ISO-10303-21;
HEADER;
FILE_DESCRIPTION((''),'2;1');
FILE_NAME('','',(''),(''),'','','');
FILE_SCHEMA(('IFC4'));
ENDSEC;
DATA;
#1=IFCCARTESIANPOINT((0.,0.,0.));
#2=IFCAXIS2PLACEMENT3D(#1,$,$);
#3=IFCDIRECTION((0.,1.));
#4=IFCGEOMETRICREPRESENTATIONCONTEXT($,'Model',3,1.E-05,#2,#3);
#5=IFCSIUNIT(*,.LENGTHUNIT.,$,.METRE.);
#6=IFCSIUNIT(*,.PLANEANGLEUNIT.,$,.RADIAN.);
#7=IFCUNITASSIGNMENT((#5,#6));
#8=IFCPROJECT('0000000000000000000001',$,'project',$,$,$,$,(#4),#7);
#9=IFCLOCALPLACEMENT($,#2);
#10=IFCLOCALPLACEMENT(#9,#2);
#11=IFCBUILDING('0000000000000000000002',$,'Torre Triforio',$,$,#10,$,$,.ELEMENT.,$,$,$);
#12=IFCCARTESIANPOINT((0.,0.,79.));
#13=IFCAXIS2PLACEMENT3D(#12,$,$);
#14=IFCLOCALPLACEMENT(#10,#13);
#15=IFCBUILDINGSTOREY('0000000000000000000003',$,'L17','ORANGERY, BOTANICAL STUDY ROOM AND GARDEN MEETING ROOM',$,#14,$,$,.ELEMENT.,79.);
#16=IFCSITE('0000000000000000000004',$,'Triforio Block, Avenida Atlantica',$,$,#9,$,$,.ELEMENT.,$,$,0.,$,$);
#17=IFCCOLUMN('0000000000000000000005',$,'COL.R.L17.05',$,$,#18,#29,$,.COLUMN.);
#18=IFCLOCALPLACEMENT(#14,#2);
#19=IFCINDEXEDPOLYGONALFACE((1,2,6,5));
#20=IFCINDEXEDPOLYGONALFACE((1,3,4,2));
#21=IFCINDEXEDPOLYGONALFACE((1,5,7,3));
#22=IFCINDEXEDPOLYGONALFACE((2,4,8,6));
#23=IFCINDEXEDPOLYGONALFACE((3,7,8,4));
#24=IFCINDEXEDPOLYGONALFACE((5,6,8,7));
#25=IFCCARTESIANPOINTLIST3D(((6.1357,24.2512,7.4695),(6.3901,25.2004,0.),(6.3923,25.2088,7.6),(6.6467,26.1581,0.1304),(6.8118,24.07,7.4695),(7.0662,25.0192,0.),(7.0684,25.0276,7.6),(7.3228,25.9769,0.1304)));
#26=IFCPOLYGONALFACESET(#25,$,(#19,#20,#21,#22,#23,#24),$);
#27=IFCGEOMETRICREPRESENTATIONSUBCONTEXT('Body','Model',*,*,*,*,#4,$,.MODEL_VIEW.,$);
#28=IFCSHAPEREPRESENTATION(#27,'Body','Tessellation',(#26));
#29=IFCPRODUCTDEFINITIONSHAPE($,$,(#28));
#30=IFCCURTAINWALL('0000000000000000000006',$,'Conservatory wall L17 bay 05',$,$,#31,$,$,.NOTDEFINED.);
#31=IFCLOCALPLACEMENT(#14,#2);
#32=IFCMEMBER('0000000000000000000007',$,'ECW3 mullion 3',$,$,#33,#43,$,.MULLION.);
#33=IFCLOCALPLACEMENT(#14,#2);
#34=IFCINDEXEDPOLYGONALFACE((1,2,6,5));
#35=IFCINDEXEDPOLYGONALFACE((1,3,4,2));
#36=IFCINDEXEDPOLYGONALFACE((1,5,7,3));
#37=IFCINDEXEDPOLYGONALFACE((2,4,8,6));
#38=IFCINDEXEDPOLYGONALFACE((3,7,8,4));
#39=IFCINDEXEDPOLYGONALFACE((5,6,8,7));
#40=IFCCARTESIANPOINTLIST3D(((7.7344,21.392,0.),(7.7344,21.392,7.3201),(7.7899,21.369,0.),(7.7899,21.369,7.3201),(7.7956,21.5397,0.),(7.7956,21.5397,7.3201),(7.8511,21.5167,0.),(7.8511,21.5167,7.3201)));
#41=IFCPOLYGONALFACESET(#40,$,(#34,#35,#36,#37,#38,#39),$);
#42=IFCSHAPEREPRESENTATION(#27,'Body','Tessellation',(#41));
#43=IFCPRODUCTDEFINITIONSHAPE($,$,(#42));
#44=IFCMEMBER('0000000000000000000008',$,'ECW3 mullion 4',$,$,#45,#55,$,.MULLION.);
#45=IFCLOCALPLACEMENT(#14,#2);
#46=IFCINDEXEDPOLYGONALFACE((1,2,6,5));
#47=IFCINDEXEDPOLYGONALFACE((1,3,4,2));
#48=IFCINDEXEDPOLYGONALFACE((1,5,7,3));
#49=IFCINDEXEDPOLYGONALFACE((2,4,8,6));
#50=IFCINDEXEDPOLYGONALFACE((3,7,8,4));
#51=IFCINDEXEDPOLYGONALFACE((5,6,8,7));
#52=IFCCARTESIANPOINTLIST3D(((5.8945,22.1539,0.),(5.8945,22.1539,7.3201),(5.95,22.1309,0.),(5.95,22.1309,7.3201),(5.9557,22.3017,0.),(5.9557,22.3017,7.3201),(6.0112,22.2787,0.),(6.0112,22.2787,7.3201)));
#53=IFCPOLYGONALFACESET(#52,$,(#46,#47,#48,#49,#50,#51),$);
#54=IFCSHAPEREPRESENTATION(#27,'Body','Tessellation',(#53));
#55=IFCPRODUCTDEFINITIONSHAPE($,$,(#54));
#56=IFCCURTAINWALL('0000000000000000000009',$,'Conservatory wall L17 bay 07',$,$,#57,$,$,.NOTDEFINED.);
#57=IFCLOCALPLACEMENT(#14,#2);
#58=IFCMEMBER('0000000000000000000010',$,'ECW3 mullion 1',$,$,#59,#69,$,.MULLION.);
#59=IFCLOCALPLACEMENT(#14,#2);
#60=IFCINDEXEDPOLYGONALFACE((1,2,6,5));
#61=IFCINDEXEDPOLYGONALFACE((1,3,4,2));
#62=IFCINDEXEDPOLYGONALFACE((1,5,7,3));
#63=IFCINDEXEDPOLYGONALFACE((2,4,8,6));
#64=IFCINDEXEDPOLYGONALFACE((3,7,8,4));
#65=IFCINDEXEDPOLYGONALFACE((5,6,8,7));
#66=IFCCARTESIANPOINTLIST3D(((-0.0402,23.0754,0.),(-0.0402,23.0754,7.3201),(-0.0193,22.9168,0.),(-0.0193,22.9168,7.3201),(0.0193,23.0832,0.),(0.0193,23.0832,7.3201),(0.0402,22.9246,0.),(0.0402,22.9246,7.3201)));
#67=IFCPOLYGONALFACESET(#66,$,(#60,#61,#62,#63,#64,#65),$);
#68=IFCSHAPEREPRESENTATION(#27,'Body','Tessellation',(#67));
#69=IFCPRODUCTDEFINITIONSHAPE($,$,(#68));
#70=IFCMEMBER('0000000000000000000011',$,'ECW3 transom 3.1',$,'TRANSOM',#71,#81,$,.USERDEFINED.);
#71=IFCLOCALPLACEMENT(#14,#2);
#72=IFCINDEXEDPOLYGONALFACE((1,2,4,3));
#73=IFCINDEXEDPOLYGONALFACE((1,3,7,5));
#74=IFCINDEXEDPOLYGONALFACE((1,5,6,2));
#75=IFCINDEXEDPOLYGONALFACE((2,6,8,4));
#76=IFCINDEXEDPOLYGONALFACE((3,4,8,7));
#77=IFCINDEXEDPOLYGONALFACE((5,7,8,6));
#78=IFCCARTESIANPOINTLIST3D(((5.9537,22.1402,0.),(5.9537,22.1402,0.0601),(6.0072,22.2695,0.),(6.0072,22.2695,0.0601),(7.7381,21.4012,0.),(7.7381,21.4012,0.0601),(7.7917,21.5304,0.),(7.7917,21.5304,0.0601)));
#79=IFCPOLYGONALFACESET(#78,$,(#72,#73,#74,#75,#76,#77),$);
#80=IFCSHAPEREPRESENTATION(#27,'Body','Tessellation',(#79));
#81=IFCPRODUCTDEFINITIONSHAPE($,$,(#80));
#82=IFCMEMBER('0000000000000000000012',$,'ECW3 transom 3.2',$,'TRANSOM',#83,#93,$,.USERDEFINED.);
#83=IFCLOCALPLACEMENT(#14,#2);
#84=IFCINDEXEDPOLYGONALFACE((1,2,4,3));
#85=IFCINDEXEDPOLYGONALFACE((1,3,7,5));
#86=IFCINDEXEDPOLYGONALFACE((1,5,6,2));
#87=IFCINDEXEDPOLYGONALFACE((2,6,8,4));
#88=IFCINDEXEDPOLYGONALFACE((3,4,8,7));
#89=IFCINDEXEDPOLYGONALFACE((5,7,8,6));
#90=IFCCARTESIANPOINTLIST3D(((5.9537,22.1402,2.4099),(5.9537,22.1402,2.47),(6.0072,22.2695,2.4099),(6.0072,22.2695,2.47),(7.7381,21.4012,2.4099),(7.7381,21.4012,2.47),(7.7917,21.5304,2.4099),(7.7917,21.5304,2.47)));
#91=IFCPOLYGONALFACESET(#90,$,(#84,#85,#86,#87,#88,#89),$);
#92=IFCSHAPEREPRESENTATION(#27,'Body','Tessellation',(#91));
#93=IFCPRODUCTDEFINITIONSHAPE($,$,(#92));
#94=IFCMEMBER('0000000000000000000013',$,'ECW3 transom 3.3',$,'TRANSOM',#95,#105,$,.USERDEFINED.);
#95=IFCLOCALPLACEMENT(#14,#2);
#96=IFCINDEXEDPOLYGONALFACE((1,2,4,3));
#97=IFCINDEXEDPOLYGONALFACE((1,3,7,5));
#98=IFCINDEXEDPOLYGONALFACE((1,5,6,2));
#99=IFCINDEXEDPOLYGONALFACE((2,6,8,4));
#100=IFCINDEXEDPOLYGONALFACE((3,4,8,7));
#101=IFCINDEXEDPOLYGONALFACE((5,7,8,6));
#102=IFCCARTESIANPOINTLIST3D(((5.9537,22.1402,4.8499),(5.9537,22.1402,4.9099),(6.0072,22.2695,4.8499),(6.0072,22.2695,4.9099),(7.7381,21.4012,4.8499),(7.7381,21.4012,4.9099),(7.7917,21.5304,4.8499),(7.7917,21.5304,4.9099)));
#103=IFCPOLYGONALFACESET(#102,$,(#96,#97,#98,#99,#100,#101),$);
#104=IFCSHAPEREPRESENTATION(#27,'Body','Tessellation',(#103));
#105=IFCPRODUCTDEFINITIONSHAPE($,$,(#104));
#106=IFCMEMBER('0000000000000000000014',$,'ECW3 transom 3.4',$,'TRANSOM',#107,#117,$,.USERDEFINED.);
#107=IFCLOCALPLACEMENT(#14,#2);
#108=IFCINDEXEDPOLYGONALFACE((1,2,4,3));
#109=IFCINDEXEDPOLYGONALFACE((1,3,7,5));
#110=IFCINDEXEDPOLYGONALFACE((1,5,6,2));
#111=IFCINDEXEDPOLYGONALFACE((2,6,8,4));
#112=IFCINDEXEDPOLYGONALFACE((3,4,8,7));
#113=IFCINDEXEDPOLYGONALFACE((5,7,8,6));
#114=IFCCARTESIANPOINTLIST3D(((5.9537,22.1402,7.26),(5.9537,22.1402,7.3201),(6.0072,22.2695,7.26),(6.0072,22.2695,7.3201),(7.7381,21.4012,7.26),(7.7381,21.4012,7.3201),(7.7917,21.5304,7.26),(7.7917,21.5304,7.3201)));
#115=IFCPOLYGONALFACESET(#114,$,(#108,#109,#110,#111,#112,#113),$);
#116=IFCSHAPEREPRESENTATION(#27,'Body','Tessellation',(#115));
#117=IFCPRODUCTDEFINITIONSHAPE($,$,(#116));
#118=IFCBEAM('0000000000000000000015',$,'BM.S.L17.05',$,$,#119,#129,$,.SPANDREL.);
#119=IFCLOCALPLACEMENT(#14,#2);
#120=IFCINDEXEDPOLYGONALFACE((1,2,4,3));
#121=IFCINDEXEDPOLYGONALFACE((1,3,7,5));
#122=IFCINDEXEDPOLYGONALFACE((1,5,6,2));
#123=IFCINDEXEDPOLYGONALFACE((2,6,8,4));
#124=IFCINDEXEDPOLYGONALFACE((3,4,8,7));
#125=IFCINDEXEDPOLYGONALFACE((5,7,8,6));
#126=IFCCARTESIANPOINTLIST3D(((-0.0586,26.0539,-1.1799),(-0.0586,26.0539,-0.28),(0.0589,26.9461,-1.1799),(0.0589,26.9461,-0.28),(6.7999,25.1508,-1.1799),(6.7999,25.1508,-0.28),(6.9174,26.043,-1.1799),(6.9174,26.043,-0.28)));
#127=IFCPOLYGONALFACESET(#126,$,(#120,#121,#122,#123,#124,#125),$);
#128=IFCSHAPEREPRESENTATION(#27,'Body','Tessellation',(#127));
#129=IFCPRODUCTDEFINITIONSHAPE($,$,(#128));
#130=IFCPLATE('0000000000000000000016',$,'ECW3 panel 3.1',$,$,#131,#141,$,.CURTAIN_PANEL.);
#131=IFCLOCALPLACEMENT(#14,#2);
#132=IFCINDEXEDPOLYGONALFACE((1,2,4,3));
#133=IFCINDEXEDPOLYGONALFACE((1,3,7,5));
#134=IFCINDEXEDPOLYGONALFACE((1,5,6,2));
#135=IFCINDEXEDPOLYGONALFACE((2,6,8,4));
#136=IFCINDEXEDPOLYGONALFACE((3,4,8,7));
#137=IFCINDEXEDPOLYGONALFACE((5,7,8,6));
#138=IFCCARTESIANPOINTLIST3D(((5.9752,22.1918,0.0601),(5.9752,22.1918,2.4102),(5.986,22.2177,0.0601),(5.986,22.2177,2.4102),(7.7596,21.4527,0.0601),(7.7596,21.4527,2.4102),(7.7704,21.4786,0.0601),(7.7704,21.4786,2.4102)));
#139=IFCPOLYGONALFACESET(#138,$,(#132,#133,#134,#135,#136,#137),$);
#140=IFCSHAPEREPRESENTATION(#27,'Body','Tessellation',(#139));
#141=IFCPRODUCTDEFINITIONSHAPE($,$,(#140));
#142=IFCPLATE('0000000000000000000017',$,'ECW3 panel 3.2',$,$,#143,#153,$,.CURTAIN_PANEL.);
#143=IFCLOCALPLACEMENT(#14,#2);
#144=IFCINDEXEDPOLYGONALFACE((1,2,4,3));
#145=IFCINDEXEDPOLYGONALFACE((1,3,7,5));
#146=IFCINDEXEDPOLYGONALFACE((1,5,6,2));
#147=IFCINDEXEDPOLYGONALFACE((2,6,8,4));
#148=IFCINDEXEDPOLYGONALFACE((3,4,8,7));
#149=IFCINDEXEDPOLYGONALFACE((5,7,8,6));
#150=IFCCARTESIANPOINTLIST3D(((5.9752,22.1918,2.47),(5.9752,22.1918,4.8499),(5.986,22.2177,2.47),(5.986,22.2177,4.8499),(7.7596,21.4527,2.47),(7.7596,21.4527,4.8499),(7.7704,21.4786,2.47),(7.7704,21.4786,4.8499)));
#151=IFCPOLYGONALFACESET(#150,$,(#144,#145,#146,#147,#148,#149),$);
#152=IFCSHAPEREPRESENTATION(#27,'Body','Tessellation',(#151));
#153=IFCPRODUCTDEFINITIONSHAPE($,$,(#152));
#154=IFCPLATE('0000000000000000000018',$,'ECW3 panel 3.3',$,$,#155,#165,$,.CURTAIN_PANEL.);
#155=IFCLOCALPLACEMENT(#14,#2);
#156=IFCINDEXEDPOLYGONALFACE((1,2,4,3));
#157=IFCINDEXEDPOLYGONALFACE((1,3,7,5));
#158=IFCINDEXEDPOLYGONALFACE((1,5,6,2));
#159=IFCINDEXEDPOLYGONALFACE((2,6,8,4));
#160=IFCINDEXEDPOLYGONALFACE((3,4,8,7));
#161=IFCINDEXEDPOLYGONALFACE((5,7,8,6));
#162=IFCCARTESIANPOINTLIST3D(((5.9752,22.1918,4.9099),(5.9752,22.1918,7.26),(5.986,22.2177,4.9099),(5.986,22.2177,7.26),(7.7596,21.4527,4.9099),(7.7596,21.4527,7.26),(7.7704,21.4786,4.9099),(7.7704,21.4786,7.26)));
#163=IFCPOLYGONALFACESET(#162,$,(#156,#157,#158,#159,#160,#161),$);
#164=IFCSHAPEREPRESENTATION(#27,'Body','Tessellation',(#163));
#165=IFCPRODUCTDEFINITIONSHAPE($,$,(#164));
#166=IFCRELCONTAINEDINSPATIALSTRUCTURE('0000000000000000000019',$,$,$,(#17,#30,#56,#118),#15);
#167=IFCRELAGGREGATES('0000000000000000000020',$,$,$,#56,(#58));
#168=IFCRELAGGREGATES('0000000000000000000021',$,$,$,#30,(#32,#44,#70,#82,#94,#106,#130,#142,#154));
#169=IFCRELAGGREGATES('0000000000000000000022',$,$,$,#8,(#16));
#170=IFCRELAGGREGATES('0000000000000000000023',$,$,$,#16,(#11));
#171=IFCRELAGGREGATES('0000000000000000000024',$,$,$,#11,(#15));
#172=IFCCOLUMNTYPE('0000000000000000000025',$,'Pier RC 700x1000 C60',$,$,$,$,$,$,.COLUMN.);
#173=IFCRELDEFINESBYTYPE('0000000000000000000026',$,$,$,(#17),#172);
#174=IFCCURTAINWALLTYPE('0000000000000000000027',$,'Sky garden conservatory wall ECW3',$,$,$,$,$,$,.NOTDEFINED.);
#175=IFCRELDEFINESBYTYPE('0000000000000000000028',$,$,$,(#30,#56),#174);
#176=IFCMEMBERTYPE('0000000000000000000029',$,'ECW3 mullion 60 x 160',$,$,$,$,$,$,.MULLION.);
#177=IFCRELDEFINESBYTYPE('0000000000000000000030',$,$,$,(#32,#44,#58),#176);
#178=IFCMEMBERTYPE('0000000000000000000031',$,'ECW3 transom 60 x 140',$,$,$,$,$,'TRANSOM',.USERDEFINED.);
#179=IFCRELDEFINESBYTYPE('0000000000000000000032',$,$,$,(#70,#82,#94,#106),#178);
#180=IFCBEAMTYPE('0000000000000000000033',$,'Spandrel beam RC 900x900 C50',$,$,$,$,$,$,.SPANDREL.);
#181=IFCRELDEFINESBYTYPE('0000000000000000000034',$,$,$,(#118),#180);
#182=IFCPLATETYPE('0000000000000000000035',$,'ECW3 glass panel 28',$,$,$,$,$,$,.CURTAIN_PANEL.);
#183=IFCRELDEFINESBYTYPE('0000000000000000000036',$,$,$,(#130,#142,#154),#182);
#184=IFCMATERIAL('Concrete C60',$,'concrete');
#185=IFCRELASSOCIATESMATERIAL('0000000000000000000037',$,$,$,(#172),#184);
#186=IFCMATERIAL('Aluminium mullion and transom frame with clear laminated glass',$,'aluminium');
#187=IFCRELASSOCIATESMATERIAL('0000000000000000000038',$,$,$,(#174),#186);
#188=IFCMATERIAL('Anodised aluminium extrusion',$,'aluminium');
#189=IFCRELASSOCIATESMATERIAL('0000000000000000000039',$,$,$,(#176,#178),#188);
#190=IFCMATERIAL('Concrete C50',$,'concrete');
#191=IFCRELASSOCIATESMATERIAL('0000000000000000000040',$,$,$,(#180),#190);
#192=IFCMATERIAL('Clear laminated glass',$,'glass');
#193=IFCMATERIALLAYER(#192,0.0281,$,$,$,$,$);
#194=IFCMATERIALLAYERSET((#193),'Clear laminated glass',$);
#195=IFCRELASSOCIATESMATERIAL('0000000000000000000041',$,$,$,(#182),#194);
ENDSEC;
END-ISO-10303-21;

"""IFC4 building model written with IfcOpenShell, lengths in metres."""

from ifc_helpers import new_model, si_unit, direction, frame, origin, origin_2d, place, context, subcontext, project, spatial, rectangle, extrude, material, layer, layer_set, material_profile, profile_set, type_object, element, aggregate, save


model = new_model("IFC4")

# Units and contexts
model_context = context("Model", 3, precision=1e-05, world=origin(), true_north=direction((0.0, 1.0)))
body_context = subcontext(model_context, "Body", "Model", "MODEL_VIEW")
ifc_project = project(units=[si_unit("LENGTHUNIT", "METRE"), si_unit("PLANEANGLEUNIT", "RADIAN")], contexts=[model_context])

# Site, building, storey
site_placement = place(None, origin())
site = spatial("IfcSite", under=ifc_project, at=site_placement, Name="Triforio Block, Avenida Atlantica", CompositionType="ELEMENT", RefElevation=0.0)
building_placement = place(site_placement, origin())
building = spatial("IfcBuilding", under=site, at=building_placement, Name="Torre Triforio", CompositionType="ELEMENT")
storey_placement = place(building_placement, frame((0.0, 0.0, 79.0)))
storey = spatial("IfcBuildingStorey", under=building, at=storey_placement, Name="L17", Description="ORANGERY, BOTANICAL STUDY ROOM AND GARDEN MEETING ROOM", CompositionType="ELEMENT", Elevation=79.0)

# Column
ifc_material_1 = material(Name="Concrete C60", Category="concrete")
ifc_material_profile_1 = material_profile(ifc_material_1, rectangle(XDim=0.7, YDim=1.0, at=origin_2d()), Name="RC 700x1000")
ifc_profile_set_1 = profile_set([ifc_material_profile_1], Name="Concrete C60")
column_type = type_object("IfcColumnType", Name="Pier RC 700x1000 C60", PredefinedType="COLUMN", material=ifc_profile_set_1)
column_placement = place(storey_placement, frame((6.8564, 25.5886, 0.0652), z_axis=(-0.033767, -0.125994, 0.991456), x_axis=(0.965913, -0.258869, 0.0)))
element("IfcColumn", 1, at=column_placement, inside=storey, type_object=column_type, Name="COL.R.L17.05", PredefinedType="COLUMN", context=body_context, shape_type="SweptSolid", body=[
    extrude(rectangle(XDim=0.7, YDim=1.0, at=origin_2d()), origin(), (0.0, 0.0, 1.0), 7.5339),
])

# Curtain wall, members
ifc_material_2 = material(Name="Aluminium mullion and transom frame with clear laminated glass", Category="aluminium")
curtain_wall_type = type_object("IfcCurtainWallType", Name="Sky garden conservatory wall ECW3", PredefinedType="NOTDEFINED", material=ifc_material_2)
curtain_wall_1_placement = place(storey_placement, origin())
curtain_wall_1 = element("IfcCurtainWall", 2, at=curtain_wall_1_placement, inside=storey, type_object=curtain_wall_type, Name="Conservatory wall L17 bay 05", PredefinedType="NOTDEFINED")
ifc_material_3 = material(Name="Anodised aluminium extrusion", Category="aluminium")
ifc_material_profile_2 = material_profile(ifc_material_3, rectangle(XDim=0.1599, YDim=0.0601, at=origin_2d()), Name="ECW3 MULLION 60x160")
ifc_profile_set_2 = profile_set([ifc_material_profile_2], Name="Anodised aluminium extrusion")
member_type_1 = type_object("IfcMemberType", Name="ECW3 mullion 60 x 160", PredefinedType="MULLION", material=ifc_profile_set_2)
member_1_placement = place(storey_placement, frame((7.7927, 21.4543, 0.0), z_axis=(0.0, 0.0, 1.0), x_axis=(-0.382687, -0.923878, 0.0)))
member_1 = element("IfcMember", 3, at=member_1_placement, type_object=member_type_1, Name="ECW3 mullion 3", PredefinedType="MULLION", context=body_context, shape_type="SweptSolid", body=[
    extrude(rectangle(XDim=0.1599, YDim=0.0601, at=origin_2d()), origin(), (0.0, 0.0, 1.0), 7.3201),
])
member_2_placement = place(storey_placement, frame((5.9529, 22.2163, 0.0), z_axis=(0.0, 0.0, 1.0), x_axis=(-0.382687, -0.923878, 0.0)))
member_2 = element("IfcMember", 4, at=member_2_placement, type_object=member_type_1, Name="ECW3 mullion 4", PredefinedType="MULLION", context=body_context, shape_type="SweptSolid", body=[
    extrude(rectangle(XDim=0.1599, YDim=0.0601, at=origin_2d()), origin(), (0.0, 0.0, 1.0), 7.3201),
])

# Curtain wall, member
curtain_wall_2_placement = place(storey_placement, origin())
curtain_wall_2 = element("IfcCurtainWall", 5, at=curtain_wall_2_placement, inside=storey, type_object=curtain_wall_type, Name="Conservatory wall L17 bay 07", PredefinedType="NOTDEFINED")
member_3_placement = place(storey_placement, frame((0.0, 23.0, 0.0), z_axis=(0.0, 0.0, 1.0), x_axis=(0.130521, -0.991446, 0.0)))
member_3 = element("IfcMember", 6, at=member_3_placement, type_object=member_type_1, Name="ECW3 mullion 1", PredefinedType="MULLION", context=body_context, shape_type="SweptSolid", body=[
    extrude(rectangle(XDim=0.1599, YDim=0.0601, at=origin_2d()), origin(), (0.0, 0.0, 1.0), 7.3201),
])
aggregate(curtain_wall_2, [member_3])

# Members
ifc_material_profile_3 = material_profile(ifc_material_3, rectangle(XDim=0.1399, YDim=0.0601, at=origin_2d()), Name="ECW3 TRANSOM 60x140")
ifc_profile_set_3 = profile_set([ifc_material_profile_3], Name="Anodised aluminium extrusion")
member_type_2 = type_object("IfcMemberType", Name="ECW3 transom 60 x 140", ElementType="TRANSOM", PredefinedType="USERDEFINED", material=ifc_profile_set_3)
member_4_placement = place(storey_placement, frame((7.7649, 21.4658, 0.03), z_axis=(-0.923901, 0.382631, 0.0), x_axis=(-0.382631, -0.923901, 0.0)))
member_4 = element("IfcMember", 7, at=member_4_placement, type_object=member_type_2, Name="ECW3 transom 3.1", ObjectType="TRANSOM", PredefinedType="USERDEFINED", context=body_context, shape_type="SweptSolid", body=[
    extrude(rectangle(XDim=0.1399, YDim=0.0601, at=origin_2d()), origin(), (0.0, 0.0, 1.0), 1.9314),
])
member_5_placement = place(storey_placement, frame((7.7649, 21.4658, 2.4399), z_axis=(-0.923901, 0.382631, 0.0), x_axis=(-0.382631, -0.923901, 0.0)))
member_5 = element("IfcMember", 8, at=member_5_placement, type_object=member_type_2, Name="ECW3 transom 3.2", ObjectType="TRANSOM", PredefinedType="USERDEFINED", context=body_context, shape_type="SweptSolid", body=[
    extrude(rectangle(XDim=0.1399, YDim=0.0601, at=origin_2d()), origin(), (0.0, 0.0, 1.0), 1.9314),
])
member_6_placement = place(storey_placement, frame((7.7649, 21.4658, 4.8799), z_axis=(-0.923901, 0.382631, 0.0), x_axis=(-0.382631, -0.923901, 0.0)))
member_6 = element("IfcMember", 9, at=member_6_placement, type_object=member_type_2, Name="ECW3 transom 3.3", ObjectType="TRANSOM", PredefinedType="USERDEFINED", context=body_context, shape_type="SweptSolid", body=[
    extrude(rectangle(XDim=0.1399, YDim=0.0601, at=origin_2d()), origin(), (0.0, 0.0, 1.0), 1.9314),
])
member_7_placement = place(storey_placement, frame((7.7649, 21.4658, 7.29), z_axis=(-0.923901, 0.382631, 0.0), x_axis=(-0.382631, -0.923901, 0.0)))
member_7 = element("IfcMember", 10, at=member_7_placement, type_object=member_type_2, Name="ECW3 transom 3.4", ObjectType="TRANSOM", PredefinedType="USERDEFINED", context=body_context, shape_type="SweptSolid", body=[
    extrude(rectangle(XDim=0.1399, YDim=0.0601, at=origin_2d()), origin(), (0.0, 0.0, 1.0), 1.9314),
])

# Beam
ifc_material_4 = material(Name="Concrete C50", Category="concrete")
ifc_material_profile_4 = material_profile(ifc_material_4, rectangle(XDim=0.8999, YDim=0.8999, at=origin_2d()), Name="RC 900x900")
ifc_profile_set_4 = profile_set([ifc_material_profile_4], Name="Concrete C50")
beam_type = type_object("IfcBeamType", Name="Spandrel beam RC 900x900 C50", PredefinedType="SPANDREL", material=ifc_profile_set_4)
beam_placement = place(storey_placement, frame((6.8586, 25.5969, -0.73), z_axis=(-0.991443, 0.130543, 0.0), x_axis=(-0.130543, -0.991443, 0.0)))
element("IfcBeam", 11, at=beam_placement, inside=storey, type_object=beam_type, Name="BM.S.L17.05", PredefinedType="SPANDREL", context=body_context, shape_type="SweptSolid", body=[
    extrude(rectangle(XDim=0.8999, YDim=0.8999, at=origin_2d()), origin(), (0.0, 0.0, 1.0), 6.9177),
])

# Plates
ifc_material_5 = material(Name="Clear laminated glass", Category="glass")
ifc_layer_1 = layer(ifc_material_5, 0.0281)
ifc_layer_set_1 = layer_set([ifc_layer_1], Name="Clear laminated glass")
plate_type = type_object("IfcPlateType", Name="ECW3 glass panel 28", PredefinedType="CURTAIN_PANEL", material=ifc_layer_set_1)
plate_1_placement = place(storey_placement, frame((6.8728, 21.8352, 0.0601), z_axis=(0.0, 0.0, 1.0), x_axis=(-0.923878, 0.382687, 0.0)))
plate_1 = element("IfcPlate", 12, at=plate_1_placement, type_object=plate_type, Name="ECW3 panel 3.1", PredefinedType="CURTAIN_PANEL", context=body_context, shape_type="SweptSolid", body=[
    extrude(rectangle(XDim=1.9314, YDim=0.0281, at=origin_2d()), origin(), (0.0, 0.0, 1.0), 2.3501),
])
plate_2_placement = place(storey_placement, frame((6.8728, 21.8352, 2.47), z_axis=(0.0, 0.0, 1.0), x_axis=(-0.923878, 0.382687, 0.0)))
plate_2 = element("IfcPlate", 13, at=plate_2_placement, type_object=plate_type, Name="ECW3 panel 3.2", PredefinedType="CURTAIN_PANEL", context=body_context, shape_type="SweptSolid", body=[
    extrude(rectangle(XDim=1.9314, YDim=0.0281, at=origin_2d()), origin(), (0.0, 0.0, 1.0), 2.3799),
])
plate_3_placement = place(storey_placement, frame((6.8728, 21.8352, 4.9099), z_axis=(0.0, 0.0, 1.0), x_axis=(-0.923878, 0.382687, 0.0)))
plate_3 = element("IfcPlate", 14, at=plate_3_placement, type_object=plate_type, Name="ECW3 panel 3.3", PredefinedType="CURTAIN_PANEL", context=body_context, shape_type="SweptSolid", body=[
    extrude(rectangle(XDim=1.9314, YDim=0.0281, at=origin_2d()), origin(), (0.0, 0.0, 1.0), 2.3501),
])
aggregate(curtain_wall_1, [member_1, member_2, member_4, member_5, member_6, member_7, plate_1, plate_2, plate_3])

save(model, "model.ifc")
